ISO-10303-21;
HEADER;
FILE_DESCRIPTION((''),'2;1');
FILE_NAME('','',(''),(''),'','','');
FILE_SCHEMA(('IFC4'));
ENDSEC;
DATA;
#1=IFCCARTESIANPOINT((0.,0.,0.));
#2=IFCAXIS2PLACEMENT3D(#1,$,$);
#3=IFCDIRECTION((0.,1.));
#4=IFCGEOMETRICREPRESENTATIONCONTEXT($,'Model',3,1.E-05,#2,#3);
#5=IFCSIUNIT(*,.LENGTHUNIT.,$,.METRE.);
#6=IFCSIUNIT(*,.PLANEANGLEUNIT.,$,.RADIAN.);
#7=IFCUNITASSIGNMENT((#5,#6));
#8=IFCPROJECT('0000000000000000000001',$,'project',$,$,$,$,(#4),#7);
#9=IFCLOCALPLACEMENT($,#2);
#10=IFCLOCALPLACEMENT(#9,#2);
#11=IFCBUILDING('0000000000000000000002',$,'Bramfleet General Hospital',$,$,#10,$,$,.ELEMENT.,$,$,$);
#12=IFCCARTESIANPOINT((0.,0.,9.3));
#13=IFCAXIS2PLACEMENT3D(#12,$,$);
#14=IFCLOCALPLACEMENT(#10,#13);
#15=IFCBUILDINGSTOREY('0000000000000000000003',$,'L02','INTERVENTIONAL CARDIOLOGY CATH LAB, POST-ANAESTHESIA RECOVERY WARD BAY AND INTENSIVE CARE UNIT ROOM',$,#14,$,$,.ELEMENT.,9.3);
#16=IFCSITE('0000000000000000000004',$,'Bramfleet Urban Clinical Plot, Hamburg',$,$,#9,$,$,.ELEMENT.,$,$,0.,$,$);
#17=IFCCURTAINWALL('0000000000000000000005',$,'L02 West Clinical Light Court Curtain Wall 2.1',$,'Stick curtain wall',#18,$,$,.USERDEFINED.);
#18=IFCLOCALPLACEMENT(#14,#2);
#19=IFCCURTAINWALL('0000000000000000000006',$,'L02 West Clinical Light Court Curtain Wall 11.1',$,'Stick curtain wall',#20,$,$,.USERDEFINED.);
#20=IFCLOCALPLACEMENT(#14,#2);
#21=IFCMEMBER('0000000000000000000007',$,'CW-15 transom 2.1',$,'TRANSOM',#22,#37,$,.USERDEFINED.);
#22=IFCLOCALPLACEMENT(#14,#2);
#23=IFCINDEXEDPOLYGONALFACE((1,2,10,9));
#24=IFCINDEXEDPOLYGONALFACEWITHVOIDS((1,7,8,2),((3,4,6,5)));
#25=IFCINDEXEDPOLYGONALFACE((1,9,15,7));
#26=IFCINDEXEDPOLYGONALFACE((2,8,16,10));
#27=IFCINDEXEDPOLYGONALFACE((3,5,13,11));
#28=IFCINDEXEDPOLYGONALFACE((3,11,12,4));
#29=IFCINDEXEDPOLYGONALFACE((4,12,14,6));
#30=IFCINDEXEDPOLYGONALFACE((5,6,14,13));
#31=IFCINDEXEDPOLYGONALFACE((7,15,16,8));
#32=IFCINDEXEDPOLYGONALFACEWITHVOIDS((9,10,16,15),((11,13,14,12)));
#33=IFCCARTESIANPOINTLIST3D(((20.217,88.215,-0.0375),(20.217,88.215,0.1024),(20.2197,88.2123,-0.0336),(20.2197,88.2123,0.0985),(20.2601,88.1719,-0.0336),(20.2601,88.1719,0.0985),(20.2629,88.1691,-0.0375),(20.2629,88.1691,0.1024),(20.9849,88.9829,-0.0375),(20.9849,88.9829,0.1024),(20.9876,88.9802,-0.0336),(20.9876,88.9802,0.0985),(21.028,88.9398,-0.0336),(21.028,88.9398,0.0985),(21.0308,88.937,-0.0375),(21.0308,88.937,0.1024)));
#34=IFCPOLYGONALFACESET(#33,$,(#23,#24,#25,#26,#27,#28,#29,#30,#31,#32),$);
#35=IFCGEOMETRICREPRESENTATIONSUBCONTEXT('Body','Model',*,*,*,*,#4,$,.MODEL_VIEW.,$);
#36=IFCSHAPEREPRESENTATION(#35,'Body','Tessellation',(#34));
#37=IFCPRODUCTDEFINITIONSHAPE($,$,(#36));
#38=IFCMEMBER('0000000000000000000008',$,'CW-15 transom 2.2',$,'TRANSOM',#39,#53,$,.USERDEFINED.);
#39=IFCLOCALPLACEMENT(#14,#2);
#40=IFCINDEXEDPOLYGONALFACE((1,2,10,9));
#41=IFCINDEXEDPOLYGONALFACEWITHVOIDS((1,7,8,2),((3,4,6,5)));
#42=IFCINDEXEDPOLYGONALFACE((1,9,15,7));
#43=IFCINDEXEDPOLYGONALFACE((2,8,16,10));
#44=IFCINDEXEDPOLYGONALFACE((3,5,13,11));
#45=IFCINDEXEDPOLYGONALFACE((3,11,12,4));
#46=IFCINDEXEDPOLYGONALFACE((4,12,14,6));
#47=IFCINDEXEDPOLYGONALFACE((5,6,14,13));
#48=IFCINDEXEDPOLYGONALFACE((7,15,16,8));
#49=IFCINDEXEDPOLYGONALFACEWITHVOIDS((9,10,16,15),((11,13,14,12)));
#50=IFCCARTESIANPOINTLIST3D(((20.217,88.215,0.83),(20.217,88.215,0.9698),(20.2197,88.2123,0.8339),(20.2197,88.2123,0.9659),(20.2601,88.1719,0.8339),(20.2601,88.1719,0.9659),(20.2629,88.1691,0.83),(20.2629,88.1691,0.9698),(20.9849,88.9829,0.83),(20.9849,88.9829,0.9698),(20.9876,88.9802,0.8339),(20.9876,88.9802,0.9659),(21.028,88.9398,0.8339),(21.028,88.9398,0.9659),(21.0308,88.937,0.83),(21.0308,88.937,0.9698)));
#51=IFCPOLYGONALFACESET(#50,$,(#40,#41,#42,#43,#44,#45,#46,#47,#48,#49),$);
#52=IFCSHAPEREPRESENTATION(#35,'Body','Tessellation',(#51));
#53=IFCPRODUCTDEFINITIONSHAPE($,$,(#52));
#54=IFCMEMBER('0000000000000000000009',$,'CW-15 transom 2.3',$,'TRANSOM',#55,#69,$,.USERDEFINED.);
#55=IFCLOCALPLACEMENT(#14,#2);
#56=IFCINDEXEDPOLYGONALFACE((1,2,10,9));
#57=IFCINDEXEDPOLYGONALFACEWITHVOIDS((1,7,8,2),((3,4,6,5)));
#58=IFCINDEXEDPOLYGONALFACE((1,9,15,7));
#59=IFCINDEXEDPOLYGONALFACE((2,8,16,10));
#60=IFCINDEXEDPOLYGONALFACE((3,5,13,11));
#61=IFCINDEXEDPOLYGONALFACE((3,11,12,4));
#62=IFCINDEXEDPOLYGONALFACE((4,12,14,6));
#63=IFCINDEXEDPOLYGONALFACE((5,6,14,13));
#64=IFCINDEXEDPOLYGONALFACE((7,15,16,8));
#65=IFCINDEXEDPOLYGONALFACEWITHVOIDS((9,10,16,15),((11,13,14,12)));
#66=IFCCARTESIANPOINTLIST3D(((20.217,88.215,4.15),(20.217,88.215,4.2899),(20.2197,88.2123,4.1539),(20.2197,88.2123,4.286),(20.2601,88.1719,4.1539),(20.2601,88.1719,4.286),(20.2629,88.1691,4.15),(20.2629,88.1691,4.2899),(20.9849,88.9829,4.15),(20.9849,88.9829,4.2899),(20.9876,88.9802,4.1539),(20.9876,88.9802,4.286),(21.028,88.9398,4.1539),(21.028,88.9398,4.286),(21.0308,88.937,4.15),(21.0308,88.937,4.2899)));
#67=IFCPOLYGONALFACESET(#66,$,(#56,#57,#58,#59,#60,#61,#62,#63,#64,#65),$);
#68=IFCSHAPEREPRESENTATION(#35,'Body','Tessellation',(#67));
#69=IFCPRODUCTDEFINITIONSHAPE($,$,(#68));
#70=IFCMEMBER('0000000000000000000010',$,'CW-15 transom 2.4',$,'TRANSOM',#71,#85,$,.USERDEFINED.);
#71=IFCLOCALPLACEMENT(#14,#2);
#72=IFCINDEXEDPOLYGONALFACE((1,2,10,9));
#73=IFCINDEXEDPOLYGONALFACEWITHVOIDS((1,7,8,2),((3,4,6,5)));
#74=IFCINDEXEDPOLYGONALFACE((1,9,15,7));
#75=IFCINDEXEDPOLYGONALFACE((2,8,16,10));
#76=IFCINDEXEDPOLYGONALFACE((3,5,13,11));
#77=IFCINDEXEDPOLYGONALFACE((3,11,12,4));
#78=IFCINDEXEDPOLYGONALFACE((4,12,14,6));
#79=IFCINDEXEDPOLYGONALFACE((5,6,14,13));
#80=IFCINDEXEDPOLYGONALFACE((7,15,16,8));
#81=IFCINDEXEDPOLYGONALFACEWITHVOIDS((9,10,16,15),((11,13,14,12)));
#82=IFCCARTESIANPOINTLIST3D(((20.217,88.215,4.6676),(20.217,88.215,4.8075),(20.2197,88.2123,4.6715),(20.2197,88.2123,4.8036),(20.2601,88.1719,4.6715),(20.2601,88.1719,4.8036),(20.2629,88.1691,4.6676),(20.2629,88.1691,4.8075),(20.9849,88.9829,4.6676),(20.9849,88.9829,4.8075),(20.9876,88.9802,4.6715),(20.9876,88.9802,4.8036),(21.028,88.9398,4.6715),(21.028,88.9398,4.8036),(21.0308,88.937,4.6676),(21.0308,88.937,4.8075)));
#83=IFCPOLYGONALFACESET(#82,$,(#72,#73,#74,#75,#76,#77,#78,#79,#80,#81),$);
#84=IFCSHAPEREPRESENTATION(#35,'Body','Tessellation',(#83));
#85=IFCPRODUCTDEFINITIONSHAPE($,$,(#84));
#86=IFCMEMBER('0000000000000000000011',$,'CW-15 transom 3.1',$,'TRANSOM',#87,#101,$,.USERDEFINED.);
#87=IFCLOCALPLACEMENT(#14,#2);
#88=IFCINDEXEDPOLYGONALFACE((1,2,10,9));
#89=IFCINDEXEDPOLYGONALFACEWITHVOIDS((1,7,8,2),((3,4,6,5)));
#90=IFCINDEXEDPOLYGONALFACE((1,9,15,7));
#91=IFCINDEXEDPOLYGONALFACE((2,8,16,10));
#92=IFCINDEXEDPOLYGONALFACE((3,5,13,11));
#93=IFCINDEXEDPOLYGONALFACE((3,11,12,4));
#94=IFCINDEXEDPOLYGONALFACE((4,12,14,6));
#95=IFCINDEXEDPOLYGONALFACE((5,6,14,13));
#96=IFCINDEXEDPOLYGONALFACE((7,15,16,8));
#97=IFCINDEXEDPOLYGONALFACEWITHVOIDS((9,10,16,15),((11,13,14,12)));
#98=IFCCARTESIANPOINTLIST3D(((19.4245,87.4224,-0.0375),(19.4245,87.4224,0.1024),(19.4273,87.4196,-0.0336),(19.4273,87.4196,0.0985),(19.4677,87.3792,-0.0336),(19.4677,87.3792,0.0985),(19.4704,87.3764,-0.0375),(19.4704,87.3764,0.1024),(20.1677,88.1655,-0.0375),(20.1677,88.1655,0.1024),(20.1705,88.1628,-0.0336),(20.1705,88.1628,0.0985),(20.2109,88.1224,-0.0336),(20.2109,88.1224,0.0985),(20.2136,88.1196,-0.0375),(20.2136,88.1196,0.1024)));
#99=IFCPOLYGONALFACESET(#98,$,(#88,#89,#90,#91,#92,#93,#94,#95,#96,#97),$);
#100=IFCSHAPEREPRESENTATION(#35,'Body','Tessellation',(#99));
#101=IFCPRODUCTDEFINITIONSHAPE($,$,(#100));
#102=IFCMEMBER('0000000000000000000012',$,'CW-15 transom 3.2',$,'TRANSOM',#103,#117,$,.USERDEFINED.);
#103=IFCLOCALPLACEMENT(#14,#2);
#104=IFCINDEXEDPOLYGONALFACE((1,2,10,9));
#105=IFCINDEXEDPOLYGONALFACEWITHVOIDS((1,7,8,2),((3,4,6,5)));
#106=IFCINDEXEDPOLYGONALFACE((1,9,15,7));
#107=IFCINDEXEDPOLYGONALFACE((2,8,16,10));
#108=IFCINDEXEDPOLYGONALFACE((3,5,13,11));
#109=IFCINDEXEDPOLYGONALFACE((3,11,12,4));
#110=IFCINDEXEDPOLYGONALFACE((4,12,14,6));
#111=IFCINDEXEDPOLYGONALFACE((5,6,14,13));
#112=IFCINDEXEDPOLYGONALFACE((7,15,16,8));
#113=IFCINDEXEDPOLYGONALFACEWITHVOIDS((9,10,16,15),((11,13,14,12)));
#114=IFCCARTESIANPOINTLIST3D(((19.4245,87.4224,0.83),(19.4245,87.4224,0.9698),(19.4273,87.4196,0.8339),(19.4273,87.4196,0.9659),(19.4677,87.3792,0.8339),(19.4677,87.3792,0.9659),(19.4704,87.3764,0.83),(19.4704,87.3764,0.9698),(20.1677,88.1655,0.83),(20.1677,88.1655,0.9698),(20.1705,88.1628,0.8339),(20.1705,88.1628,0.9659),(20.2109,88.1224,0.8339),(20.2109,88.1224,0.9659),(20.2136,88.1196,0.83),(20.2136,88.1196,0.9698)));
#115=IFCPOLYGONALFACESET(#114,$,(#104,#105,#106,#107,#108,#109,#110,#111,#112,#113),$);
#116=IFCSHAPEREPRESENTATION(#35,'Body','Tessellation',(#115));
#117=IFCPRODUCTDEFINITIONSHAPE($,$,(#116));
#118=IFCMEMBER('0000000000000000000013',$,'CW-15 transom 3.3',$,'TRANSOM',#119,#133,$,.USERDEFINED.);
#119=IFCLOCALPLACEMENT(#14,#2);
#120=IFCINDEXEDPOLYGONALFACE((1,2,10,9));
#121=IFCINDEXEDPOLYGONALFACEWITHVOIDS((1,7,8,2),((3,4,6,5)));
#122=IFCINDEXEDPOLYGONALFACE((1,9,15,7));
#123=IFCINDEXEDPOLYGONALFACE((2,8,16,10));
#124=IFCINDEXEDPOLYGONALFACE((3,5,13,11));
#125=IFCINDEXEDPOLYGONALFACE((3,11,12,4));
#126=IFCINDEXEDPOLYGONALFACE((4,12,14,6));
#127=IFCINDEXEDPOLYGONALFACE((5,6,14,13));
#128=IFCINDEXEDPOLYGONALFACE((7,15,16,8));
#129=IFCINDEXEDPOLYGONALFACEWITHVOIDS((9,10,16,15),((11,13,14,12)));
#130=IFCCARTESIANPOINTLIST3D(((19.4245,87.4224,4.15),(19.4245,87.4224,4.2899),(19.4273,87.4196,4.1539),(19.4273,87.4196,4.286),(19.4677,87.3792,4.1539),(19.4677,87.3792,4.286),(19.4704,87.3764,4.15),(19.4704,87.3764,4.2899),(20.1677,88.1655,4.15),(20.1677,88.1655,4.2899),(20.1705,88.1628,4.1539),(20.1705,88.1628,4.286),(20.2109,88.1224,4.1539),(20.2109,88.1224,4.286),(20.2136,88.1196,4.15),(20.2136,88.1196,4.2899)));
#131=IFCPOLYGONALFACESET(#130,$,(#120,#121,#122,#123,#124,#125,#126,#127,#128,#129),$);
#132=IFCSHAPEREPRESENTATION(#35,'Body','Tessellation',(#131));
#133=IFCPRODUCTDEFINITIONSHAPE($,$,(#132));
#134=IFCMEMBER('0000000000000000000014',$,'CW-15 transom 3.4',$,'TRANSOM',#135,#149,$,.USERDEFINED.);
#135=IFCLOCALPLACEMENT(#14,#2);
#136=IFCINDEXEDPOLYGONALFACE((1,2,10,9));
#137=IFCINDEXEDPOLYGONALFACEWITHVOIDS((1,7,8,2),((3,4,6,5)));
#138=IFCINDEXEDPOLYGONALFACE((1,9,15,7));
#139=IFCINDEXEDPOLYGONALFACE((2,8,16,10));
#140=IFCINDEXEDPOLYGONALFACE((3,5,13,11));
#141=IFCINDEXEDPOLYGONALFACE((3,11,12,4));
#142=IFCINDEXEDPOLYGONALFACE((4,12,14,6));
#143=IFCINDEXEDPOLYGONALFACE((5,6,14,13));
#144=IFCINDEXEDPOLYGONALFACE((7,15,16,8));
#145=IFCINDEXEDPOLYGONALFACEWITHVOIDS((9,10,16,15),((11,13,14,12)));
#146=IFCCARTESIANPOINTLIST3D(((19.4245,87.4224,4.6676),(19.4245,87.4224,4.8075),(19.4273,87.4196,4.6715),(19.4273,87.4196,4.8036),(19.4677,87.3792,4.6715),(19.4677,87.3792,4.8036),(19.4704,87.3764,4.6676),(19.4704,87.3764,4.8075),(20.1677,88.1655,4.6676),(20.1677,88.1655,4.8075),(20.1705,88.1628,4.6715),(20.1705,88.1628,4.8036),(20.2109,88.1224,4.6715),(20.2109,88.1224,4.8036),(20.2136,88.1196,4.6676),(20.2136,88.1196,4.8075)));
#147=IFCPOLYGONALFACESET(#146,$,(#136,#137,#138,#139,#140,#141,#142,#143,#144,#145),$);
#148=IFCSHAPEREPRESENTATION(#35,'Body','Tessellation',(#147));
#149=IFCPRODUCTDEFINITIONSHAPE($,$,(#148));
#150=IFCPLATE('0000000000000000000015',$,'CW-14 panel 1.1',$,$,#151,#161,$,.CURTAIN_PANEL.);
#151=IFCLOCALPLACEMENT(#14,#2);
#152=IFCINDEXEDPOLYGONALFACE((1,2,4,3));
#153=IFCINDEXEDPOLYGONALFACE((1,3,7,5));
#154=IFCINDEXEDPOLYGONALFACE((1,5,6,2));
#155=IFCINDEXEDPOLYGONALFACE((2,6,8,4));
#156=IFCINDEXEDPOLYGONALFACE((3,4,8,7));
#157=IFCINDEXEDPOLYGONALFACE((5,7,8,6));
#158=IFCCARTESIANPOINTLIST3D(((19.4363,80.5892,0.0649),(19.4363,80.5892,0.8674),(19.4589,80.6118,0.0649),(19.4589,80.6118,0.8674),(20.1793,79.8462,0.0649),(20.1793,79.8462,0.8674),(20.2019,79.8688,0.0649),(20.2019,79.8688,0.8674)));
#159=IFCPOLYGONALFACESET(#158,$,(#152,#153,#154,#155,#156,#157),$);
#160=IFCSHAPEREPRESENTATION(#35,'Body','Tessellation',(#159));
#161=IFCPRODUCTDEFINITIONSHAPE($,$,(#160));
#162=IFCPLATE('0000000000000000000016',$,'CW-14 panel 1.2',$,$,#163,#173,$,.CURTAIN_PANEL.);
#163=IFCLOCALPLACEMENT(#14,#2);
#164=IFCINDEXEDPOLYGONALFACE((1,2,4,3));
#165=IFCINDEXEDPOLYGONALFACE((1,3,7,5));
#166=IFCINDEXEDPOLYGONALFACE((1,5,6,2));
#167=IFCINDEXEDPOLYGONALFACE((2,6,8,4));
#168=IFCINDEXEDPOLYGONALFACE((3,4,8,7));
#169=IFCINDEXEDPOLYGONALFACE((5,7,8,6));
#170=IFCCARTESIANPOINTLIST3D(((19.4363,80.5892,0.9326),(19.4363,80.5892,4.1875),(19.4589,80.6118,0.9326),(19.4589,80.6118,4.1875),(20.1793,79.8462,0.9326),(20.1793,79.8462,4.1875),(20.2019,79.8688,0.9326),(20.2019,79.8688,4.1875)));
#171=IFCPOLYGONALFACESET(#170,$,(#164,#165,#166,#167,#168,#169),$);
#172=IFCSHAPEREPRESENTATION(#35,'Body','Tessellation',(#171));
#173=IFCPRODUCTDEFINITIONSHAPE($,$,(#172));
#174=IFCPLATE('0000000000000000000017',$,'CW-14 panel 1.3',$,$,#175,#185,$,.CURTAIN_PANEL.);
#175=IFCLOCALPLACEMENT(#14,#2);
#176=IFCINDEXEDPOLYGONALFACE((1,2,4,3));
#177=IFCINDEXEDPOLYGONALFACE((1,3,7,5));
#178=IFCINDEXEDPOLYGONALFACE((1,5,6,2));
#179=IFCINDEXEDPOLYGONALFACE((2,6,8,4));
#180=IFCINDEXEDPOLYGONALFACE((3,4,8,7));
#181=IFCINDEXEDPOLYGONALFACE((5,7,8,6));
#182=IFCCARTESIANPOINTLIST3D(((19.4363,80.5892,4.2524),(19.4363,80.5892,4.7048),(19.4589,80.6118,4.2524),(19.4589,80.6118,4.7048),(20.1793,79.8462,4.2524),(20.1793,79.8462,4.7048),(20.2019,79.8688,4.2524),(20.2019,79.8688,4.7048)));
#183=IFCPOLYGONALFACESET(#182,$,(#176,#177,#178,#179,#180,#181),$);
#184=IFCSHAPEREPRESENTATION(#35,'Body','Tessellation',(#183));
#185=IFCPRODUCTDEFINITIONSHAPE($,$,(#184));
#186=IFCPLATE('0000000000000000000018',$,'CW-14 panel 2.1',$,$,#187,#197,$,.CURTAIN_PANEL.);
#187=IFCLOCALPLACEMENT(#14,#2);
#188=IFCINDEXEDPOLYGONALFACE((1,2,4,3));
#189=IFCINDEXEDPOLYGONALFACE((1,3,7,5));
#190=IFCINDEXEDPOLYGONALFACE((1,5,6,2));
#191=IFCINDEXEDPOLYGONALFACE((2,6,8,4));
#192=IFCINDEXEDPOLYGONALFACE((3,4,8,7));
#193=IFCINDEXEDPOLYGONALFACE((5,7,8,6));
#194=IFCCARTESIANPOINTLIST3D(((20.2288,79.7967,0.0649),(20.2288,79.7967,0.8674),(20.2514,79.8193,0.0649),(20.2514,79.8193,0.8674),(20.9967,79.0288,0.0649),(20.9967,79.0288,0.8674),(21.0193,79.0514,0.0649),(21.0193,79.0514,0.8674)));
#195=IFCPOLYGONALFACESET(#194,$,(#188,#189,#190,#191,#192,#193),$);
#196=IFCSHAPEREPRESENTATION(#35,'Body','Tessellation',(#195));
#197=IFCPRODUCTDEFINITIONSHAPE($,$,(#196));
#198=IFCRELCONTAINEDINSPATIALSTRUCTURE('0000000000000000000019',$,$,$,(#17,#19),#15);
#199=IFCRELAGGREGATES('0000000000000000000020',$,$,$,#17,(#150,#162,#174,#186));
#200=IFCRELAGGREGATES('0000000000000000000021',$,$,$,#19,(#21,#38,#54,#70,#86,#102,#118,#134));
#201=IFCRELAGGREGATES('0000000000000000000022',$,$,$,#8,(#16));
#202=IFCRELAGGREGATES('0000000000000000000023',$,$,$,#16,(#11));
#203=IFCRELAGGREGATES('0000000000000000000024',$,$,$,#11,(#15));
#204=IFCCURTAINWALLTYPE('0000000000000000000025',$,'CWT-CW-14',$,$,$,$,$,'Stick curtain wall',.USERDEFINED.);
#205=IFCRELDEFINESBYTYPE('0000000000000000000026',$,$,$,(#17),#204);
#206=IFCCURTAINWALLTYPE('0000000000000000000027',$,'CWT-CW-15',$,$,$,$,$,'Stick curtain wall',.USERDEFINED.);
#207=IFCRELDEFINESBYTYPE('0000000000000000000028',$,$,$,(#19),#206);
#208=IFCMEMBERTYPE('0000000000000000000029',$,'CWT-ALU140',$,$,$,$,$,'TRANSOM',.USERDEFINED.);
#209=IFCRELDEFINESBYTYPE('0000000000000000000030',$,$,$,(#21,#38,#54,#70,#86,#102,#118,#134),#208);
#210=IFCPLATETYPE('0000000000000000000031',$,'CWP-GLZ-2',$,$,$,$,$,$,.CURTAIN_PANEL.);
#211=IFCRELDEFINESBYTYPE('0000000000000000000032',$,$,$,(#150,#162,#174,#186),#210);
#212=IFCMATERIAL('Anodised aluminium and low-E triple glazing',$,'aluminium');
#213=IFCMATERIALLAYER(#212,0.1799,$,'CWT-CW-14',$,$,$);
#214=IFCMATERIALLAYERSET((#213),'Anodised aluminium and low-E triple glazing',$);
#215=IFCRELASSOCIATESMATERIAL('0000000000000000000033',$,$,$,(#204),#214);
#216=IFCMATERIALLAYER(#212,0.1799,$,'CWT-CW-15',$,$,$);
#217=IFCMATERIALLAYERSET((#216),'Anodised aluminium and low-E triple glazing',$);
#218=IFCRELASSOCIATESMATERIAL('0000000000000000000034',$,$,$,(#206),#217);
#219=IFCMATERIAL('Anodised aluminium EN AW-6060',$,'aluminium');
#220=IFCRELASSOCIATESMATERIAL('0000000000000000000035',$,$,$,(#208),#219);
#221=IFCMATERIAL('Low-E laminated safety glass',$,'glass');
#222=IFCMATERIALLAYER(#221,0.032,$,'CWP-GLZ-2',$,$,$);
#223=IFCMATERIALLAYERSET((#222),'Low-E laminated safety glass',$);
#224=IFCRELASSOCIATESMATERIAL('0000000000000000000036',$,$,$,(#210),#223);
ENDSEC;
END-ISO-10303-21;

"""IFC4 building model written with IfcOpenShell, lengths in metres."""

from ifc_helpers import new_model, si_unit, direction, frame, origin, origin_2d, place, context, subcontext, project, spatial, rectangle, hollow_rectangle, extrude, material, layer, layer_set, material_profile, profile_set, type_object, element, aggregate, save


model = new_model("IFC4")

# Units and contexts
model_context = context("Model", 3, precision=1e-05, world=origin(), true_north=direction((0.0, 1.0)))
body_context = subcontext(model_context, "Body", "Model", "MODEL_VIEW")
ifc_project = project(units=[si_unit("LENGTHUNIT", "METRE"), si_unit("PLANEANGLEUNIT", "RADIAN")], contexts=[model_context])

# Site, building, storey
site_placement = place(None, origin())
site = spatial("IfcSite", under=ifc_project, at=site_placement, Name="Bramfleet Urban Clinical Plot, Hamburg", CompositionType="ELEMENT", RefElevation=0.0)
building_placement = place(site_placement, origin())
building = spatial("IfcBuilding", under=site, at=building_placement, Name="Bramfleet General Hospital", CompositionType="ELEMENT")
storey_placement = place(building_placement, frame((0.0, 0.0, 9.3)))
storey = spatial("IfcBuildingStorey", under=building, at=storey_placement, Name="L02", Description="INTERVENTIONAL CARDIOLOGY CATH LAB, POST-ANAESTHESIA RECOVERY WARD BAY AND INTENSIVE CARE UNIT ROOM", CompositionType="ELEMENT", Elevation=9.3)

# Curtain walls
ifc_material_1 = material(Name="Anodised aluminium and low-E triple glazing", Category="aluminium")
ifc_layer_1 = layer(ifc_material_1, 0.1799, Name="CWT-CW-14")
ifc_layer_set_1 = layer_set([ifc_layer_1], Name="Anodised aluminium and low-E triple glazing")
curtain_wall_type_1 = type_object("IfcCurtainWallType", Name="CWT-CW-14", ElementType="Stick curtain wall", PredefinedType="USERDEFINED", material=ifc_layer_set_1)
curtain_wall_1_placement = place(storey_placement, origin())
curtain_wall_1 = element("IfcCurtainWall", 1, at=curtain_wall_1_placement, inside=storey, type_object=curtain_wall_type_1, Name="L02 West Clinical Light Court Curtain Wall 2.1", ObjectType="Stick curtain wall", PredefinedType="USERDEFINED")
ifc_material_2 = material(Name="Anodised aluminium EN AW-6060", Category="aluminium")
ifc_layer_2 = layer(ifc_material_1, 0.1799, Name="CWT-CW-15")
ifc_layer_set_2 = layer_set([ifc_layer_2], Name="Anodised aluminium and low-E triple glazing")
curtain_wall_type_2 = type_object("IfcCurtainWallType", Name="CWT-CW-15", ElementType="Stick curtain wall", PredefinedType="USERDEFINED", material=ifc_layer_set_2)
curtain_wall_2_placement = place(storey_placement, origin())
curtain_wall_2 = element("IfcCurtainWall", 2, at=curtain_wall_2_placement, inside=storey, type_object=curtain_wall_type_2, Name="L02 West Clinical Light Court Curtain Wall 11.1", ObjectType="Stick curtain wall", PredefinedType="USERDEFINED")

# Members
ifc_material_profile_1 = material_profile(ifc_material_2, hollow_rectangle(XDim=0.0649, YDim=0.1399, WallThickness=0.0039, at=origin_2d()), Name="ALU 140x65x4.0")
ifc_profile_set_1 = profile_set([ifc_material_profile_1], Name="Anodised aluminium EN AW-6060")
member_type_1 = type_object("IfcMemberType", Name="CWT-ALU140", ElementType="TRANSOM", PredefinedType="USERDEFINED", material=ifc_profile_set_1)
member_1_placement = place(storey_placement, frame((21.0078, 88.96, 0.0325), z_axis=(-0.707107, -0.707107, 0.0), x_axis=(0.707107, -0.707107, 0.0)))
member_1 = element("IfcMember", 3, at=member_1_placement, type_object=member_type_1, Name="CW-15 transom 2.1", ObjectType="TRANSOM", PredefinedType="USERDEFINED", context=body_context, shape_type="SweptSolid", body=[
    extrude(hollow_rectangle(XDim=0.0649, YDim=0.1399, WallThickness=0.0039, at=origin_2d()), origin(), (0.0, 0.0, 1.0), 1.0859),
])
member_2_placement = place(storey_placement, frame((21.0078, 88.96, 0.8999), z_axis=(-0.707107, -0.707107, 0.0), x_axis=(0.707107, -0.707107, 0.0)))
member_2 = element("IfcMember", 4, at=member_2_placement, type_object=member_type_1, Name="CW-15 transom 2.2", ObjectType="TRANSOM", PredefinedType="USERDEFINED", context=body_context, shape_type="SweptSolid", body=[
    extrude(hollow_rectangle(XDim=0.0649, YDim=0.1399, WallThickness=0.0039, at=origin_2d()), origin(), (0.0, 0.0, 1.0), 1.0859),
])
member_3_placement = place(storey_placement, frame((21.0078, 88.96, 4.22), z_axis=(-0.707107, -0.707107, 0.0), x_axis=(0.707107, -0.707107, 0.0)))
member_3 = element("IfcMember", 5, at=member_3_placement, type_object=member_type_1, Name="CW-15 transom 2.3", ObjectType="TRANSOM", PredefinedType="USERDEFINED", context=body_context, shape_type="SweptSolid", body=[
    extrude(hollow_rectangle(XDim=0.0649, YDim=0.1399, WallThickness=0.0039, at=origin_2d()), origin(), (0.0, 0.0, 1.0), 1.0859),
])
member_4_placement = place(storey_placement, frame((21.0078, 88.96, 4.7375), z_axis=(-0.707107, -0.707107, 0.0), x_axis=(0.707107, -0.707107, 0.0)))
member_4 = element("IfcMember", 6, at=member_4_placement, type_object=member_type_1, Name="CW-15 transom 2.4", ObjectType="TRANSOM", PredefinedType="USERDEFINED", context=body_context, shape_type="SweptSolid", body=[
    extrude(hollow_rectangle(XDim=0.0649, YDim=0.1399, WallThickness=0.0039, at=origin_2d()), origin(), (0.0, 0.0, 1.0), 1.0859),
])
member_5_placement = place(storey_placement, frame((20.1907, 88.1426, 0.0325), z_axis=(-0.707107, -0.707107, 0.0), x_axis=(0.707107, -0.707107, 0.0)))
member_5 = element("IfcMember", 7, at=member_5_placement, type_object=member_type_1, Name="CW-15 transom 3.1", ObjectType="TRANSOM", PredefinedType="USERDEFINED", context=body_context, shape_type="SweptSolid", body=[
    extrude(hollow_rectangle(XDim=0.0649, YDim=0.1399, WallThickness=0.0039, at=origin_2d()), origin(), (0.0, 0.0, 1.0), 1.051),
])
member_6_placement = place(storey_placement, frame((20.1907, 88.1426, 0.8999), z_axis=(-0.707107, -0.707107, 0.0), x_axis=(0.707107, -0.707107, 0.0)))
member_6 = element("IfcMember", 8, at=member_6_placement, type_object=member_type_1, Name="CW-15 transom 3.2", ObjectType="TRANSOM", PredefinedType="USERDEFINED", context=body_context, shape_type="SweptSolid", body=[
    extrude(hollow_rectangle(XDim=0.0649, YDim=0.1399, WallThickness=0.0039, at=origin_2d()), origin(), (0.0, 0.0, 1.0), 1.051),
])
member_7_placement = place(storey_placement, frame((20.1907, 88.1426, 4.22), z_axis=(-0.707107, -0.707107, 0.0), x_axis=(0.707107, -0.707107, 0.0)))
member_7 = element("IfcMember", 9, at=member_7_placement, type_object=member_type_1, Name="CW-15 transom 3.3", ObjectType="TRANSOM", PredefinedType="USERDEFINED", context=body_context, shape_type="SweptSolid", body=[
    extrude(hollow_rectangle(XDim=0.0649, YDim=0.1399, WallThickness=0.0039, at=origin_2d()), origin(), (0.0, 0.0, 1.0), 1.051),
])
member_8_placement = place(storey_placement, frame((20.1907, 88.1426, 4.7375), z_axis=(-0.707107, -0.707107, 0.0), x_axis=(0.707107, -0.707107, 0.0)))
member_8 = element("IfcMember", 10, at=member_8_placement, type_object=member_type_1, Name="CW-15 transom 3.4", ObjectType="TRANSOM", PredefinedType="USERDEFINED", context=body_context, shape_type="SweptSolid", body=[
    extrude(hollow_rectangle(XDim=0.0649, YDim=0.1399, WallThickness=0.0039, at=origin_2d()), origin(), (0.0, 0.0, 1.0), 1.051),
])

# Plates
ifc_material_3 = material(Name="Low-E laminated safety glass", Category="glass")
ifc_layer_3 = layer(ifc_material_3, 0.032, Name="CWP-GLZ-2")
ifc_layer_set_3 = layer_set([ifc_layer_3], Name="Low-E laminated safety glass")
plate_type = type_object("IfcPlateType", Name="CWP-GLZ-2", PredefinedType="CURTAIN_PANEL", material=ifc_layer_set_3)
plate_1_placement = place(storey_placement, frame((19.8191, 80.229, 0.0649), z_axis=(0.0, 0.0, 1.0), x_axis=(0.707107, -0.707107, 0.0)))
plate_1 = element("IfcPlate", 11, at=plate_1_placement, type_object=plate_type, Name="CW-14 panel 1.1", PredefinedType="CURTAIN_PANEL", context=body_context, shape_type="SweptSolid", body=[
    extrude(rectangle(XDim=1.0508, YDim=0.032, at=origin_2d()), origin(), (0.0, 0.0, 1.0), 0.8025),
])
plate_2_placement = place(storey_placement, frame((19.8191, 80.229, 0.9326), z_axis=(0.0, 0.0, 1.0), x_axis=(0.707107, -0.707107, 0.0)))
plate_2 = element("IfcPlate", 12, at=plate_2_placement, type_object=plate_type, Name="CW-14 panel 1.2", PredefinedType="CURTAIN_PANEL", context=body_context, shape_type="SweptSolid", body=[
    extrude(rectangle(XDim=1.0508, YDim=0.032, at=origin_2d()), origin(), (0.0, 0.0, 1.0), 3.2549),
])
plate_3_placement = place(storey_placement, frame((19.8191, 80.229, 4.2524), z_axis=(0.0, 0.0, 1.0), x_axis=(0.707107, -0.707107, 0.0)))
plate_3 = element("IfcPlate", 13, at=plate_3_placement, type_object=plate_type, Name="CW-14 panel 1.3", PredefinedType="CURTAIN_PANEL", context=body_context, shape_type="SweptSolid", body=[
    extrude(rectangle(XDim=1.0508, YDim=0.032, at=origin_2d()), origin(), (0.0, 0.0, 1.0), 0.4524),
])
plate_4_placement = place(storey_placement, frame((20.624, 79.4241, 0.0649), z_axis=(0.0, 0.0, 1.0), x_axis=(0.707107, -0.707107, 0.0)))
plate_4 = element("IfcPlate", 14, at=plate_4_placement, type_object=plate_type, Name="CW-14 panel 2.1", PredefinedType="CURTAIN_PANEL", context=body_context, shape_type="SweptSolid", body=[
    extrude(rectangle(XDim=1.0859, YDim=0.032, at=origin_2d()), origin(), (0.0, 0.0, 1.0), 0.8025),
])
aggregate(curtain_wall_1, [plate_1, plate_2, plate_3, plate_4])
aggregate(curtain_wall_2, [member_1, member_2, member_3, member_4, member_5, member_6, member_7, member_8])

save(model, "model.ifc")
